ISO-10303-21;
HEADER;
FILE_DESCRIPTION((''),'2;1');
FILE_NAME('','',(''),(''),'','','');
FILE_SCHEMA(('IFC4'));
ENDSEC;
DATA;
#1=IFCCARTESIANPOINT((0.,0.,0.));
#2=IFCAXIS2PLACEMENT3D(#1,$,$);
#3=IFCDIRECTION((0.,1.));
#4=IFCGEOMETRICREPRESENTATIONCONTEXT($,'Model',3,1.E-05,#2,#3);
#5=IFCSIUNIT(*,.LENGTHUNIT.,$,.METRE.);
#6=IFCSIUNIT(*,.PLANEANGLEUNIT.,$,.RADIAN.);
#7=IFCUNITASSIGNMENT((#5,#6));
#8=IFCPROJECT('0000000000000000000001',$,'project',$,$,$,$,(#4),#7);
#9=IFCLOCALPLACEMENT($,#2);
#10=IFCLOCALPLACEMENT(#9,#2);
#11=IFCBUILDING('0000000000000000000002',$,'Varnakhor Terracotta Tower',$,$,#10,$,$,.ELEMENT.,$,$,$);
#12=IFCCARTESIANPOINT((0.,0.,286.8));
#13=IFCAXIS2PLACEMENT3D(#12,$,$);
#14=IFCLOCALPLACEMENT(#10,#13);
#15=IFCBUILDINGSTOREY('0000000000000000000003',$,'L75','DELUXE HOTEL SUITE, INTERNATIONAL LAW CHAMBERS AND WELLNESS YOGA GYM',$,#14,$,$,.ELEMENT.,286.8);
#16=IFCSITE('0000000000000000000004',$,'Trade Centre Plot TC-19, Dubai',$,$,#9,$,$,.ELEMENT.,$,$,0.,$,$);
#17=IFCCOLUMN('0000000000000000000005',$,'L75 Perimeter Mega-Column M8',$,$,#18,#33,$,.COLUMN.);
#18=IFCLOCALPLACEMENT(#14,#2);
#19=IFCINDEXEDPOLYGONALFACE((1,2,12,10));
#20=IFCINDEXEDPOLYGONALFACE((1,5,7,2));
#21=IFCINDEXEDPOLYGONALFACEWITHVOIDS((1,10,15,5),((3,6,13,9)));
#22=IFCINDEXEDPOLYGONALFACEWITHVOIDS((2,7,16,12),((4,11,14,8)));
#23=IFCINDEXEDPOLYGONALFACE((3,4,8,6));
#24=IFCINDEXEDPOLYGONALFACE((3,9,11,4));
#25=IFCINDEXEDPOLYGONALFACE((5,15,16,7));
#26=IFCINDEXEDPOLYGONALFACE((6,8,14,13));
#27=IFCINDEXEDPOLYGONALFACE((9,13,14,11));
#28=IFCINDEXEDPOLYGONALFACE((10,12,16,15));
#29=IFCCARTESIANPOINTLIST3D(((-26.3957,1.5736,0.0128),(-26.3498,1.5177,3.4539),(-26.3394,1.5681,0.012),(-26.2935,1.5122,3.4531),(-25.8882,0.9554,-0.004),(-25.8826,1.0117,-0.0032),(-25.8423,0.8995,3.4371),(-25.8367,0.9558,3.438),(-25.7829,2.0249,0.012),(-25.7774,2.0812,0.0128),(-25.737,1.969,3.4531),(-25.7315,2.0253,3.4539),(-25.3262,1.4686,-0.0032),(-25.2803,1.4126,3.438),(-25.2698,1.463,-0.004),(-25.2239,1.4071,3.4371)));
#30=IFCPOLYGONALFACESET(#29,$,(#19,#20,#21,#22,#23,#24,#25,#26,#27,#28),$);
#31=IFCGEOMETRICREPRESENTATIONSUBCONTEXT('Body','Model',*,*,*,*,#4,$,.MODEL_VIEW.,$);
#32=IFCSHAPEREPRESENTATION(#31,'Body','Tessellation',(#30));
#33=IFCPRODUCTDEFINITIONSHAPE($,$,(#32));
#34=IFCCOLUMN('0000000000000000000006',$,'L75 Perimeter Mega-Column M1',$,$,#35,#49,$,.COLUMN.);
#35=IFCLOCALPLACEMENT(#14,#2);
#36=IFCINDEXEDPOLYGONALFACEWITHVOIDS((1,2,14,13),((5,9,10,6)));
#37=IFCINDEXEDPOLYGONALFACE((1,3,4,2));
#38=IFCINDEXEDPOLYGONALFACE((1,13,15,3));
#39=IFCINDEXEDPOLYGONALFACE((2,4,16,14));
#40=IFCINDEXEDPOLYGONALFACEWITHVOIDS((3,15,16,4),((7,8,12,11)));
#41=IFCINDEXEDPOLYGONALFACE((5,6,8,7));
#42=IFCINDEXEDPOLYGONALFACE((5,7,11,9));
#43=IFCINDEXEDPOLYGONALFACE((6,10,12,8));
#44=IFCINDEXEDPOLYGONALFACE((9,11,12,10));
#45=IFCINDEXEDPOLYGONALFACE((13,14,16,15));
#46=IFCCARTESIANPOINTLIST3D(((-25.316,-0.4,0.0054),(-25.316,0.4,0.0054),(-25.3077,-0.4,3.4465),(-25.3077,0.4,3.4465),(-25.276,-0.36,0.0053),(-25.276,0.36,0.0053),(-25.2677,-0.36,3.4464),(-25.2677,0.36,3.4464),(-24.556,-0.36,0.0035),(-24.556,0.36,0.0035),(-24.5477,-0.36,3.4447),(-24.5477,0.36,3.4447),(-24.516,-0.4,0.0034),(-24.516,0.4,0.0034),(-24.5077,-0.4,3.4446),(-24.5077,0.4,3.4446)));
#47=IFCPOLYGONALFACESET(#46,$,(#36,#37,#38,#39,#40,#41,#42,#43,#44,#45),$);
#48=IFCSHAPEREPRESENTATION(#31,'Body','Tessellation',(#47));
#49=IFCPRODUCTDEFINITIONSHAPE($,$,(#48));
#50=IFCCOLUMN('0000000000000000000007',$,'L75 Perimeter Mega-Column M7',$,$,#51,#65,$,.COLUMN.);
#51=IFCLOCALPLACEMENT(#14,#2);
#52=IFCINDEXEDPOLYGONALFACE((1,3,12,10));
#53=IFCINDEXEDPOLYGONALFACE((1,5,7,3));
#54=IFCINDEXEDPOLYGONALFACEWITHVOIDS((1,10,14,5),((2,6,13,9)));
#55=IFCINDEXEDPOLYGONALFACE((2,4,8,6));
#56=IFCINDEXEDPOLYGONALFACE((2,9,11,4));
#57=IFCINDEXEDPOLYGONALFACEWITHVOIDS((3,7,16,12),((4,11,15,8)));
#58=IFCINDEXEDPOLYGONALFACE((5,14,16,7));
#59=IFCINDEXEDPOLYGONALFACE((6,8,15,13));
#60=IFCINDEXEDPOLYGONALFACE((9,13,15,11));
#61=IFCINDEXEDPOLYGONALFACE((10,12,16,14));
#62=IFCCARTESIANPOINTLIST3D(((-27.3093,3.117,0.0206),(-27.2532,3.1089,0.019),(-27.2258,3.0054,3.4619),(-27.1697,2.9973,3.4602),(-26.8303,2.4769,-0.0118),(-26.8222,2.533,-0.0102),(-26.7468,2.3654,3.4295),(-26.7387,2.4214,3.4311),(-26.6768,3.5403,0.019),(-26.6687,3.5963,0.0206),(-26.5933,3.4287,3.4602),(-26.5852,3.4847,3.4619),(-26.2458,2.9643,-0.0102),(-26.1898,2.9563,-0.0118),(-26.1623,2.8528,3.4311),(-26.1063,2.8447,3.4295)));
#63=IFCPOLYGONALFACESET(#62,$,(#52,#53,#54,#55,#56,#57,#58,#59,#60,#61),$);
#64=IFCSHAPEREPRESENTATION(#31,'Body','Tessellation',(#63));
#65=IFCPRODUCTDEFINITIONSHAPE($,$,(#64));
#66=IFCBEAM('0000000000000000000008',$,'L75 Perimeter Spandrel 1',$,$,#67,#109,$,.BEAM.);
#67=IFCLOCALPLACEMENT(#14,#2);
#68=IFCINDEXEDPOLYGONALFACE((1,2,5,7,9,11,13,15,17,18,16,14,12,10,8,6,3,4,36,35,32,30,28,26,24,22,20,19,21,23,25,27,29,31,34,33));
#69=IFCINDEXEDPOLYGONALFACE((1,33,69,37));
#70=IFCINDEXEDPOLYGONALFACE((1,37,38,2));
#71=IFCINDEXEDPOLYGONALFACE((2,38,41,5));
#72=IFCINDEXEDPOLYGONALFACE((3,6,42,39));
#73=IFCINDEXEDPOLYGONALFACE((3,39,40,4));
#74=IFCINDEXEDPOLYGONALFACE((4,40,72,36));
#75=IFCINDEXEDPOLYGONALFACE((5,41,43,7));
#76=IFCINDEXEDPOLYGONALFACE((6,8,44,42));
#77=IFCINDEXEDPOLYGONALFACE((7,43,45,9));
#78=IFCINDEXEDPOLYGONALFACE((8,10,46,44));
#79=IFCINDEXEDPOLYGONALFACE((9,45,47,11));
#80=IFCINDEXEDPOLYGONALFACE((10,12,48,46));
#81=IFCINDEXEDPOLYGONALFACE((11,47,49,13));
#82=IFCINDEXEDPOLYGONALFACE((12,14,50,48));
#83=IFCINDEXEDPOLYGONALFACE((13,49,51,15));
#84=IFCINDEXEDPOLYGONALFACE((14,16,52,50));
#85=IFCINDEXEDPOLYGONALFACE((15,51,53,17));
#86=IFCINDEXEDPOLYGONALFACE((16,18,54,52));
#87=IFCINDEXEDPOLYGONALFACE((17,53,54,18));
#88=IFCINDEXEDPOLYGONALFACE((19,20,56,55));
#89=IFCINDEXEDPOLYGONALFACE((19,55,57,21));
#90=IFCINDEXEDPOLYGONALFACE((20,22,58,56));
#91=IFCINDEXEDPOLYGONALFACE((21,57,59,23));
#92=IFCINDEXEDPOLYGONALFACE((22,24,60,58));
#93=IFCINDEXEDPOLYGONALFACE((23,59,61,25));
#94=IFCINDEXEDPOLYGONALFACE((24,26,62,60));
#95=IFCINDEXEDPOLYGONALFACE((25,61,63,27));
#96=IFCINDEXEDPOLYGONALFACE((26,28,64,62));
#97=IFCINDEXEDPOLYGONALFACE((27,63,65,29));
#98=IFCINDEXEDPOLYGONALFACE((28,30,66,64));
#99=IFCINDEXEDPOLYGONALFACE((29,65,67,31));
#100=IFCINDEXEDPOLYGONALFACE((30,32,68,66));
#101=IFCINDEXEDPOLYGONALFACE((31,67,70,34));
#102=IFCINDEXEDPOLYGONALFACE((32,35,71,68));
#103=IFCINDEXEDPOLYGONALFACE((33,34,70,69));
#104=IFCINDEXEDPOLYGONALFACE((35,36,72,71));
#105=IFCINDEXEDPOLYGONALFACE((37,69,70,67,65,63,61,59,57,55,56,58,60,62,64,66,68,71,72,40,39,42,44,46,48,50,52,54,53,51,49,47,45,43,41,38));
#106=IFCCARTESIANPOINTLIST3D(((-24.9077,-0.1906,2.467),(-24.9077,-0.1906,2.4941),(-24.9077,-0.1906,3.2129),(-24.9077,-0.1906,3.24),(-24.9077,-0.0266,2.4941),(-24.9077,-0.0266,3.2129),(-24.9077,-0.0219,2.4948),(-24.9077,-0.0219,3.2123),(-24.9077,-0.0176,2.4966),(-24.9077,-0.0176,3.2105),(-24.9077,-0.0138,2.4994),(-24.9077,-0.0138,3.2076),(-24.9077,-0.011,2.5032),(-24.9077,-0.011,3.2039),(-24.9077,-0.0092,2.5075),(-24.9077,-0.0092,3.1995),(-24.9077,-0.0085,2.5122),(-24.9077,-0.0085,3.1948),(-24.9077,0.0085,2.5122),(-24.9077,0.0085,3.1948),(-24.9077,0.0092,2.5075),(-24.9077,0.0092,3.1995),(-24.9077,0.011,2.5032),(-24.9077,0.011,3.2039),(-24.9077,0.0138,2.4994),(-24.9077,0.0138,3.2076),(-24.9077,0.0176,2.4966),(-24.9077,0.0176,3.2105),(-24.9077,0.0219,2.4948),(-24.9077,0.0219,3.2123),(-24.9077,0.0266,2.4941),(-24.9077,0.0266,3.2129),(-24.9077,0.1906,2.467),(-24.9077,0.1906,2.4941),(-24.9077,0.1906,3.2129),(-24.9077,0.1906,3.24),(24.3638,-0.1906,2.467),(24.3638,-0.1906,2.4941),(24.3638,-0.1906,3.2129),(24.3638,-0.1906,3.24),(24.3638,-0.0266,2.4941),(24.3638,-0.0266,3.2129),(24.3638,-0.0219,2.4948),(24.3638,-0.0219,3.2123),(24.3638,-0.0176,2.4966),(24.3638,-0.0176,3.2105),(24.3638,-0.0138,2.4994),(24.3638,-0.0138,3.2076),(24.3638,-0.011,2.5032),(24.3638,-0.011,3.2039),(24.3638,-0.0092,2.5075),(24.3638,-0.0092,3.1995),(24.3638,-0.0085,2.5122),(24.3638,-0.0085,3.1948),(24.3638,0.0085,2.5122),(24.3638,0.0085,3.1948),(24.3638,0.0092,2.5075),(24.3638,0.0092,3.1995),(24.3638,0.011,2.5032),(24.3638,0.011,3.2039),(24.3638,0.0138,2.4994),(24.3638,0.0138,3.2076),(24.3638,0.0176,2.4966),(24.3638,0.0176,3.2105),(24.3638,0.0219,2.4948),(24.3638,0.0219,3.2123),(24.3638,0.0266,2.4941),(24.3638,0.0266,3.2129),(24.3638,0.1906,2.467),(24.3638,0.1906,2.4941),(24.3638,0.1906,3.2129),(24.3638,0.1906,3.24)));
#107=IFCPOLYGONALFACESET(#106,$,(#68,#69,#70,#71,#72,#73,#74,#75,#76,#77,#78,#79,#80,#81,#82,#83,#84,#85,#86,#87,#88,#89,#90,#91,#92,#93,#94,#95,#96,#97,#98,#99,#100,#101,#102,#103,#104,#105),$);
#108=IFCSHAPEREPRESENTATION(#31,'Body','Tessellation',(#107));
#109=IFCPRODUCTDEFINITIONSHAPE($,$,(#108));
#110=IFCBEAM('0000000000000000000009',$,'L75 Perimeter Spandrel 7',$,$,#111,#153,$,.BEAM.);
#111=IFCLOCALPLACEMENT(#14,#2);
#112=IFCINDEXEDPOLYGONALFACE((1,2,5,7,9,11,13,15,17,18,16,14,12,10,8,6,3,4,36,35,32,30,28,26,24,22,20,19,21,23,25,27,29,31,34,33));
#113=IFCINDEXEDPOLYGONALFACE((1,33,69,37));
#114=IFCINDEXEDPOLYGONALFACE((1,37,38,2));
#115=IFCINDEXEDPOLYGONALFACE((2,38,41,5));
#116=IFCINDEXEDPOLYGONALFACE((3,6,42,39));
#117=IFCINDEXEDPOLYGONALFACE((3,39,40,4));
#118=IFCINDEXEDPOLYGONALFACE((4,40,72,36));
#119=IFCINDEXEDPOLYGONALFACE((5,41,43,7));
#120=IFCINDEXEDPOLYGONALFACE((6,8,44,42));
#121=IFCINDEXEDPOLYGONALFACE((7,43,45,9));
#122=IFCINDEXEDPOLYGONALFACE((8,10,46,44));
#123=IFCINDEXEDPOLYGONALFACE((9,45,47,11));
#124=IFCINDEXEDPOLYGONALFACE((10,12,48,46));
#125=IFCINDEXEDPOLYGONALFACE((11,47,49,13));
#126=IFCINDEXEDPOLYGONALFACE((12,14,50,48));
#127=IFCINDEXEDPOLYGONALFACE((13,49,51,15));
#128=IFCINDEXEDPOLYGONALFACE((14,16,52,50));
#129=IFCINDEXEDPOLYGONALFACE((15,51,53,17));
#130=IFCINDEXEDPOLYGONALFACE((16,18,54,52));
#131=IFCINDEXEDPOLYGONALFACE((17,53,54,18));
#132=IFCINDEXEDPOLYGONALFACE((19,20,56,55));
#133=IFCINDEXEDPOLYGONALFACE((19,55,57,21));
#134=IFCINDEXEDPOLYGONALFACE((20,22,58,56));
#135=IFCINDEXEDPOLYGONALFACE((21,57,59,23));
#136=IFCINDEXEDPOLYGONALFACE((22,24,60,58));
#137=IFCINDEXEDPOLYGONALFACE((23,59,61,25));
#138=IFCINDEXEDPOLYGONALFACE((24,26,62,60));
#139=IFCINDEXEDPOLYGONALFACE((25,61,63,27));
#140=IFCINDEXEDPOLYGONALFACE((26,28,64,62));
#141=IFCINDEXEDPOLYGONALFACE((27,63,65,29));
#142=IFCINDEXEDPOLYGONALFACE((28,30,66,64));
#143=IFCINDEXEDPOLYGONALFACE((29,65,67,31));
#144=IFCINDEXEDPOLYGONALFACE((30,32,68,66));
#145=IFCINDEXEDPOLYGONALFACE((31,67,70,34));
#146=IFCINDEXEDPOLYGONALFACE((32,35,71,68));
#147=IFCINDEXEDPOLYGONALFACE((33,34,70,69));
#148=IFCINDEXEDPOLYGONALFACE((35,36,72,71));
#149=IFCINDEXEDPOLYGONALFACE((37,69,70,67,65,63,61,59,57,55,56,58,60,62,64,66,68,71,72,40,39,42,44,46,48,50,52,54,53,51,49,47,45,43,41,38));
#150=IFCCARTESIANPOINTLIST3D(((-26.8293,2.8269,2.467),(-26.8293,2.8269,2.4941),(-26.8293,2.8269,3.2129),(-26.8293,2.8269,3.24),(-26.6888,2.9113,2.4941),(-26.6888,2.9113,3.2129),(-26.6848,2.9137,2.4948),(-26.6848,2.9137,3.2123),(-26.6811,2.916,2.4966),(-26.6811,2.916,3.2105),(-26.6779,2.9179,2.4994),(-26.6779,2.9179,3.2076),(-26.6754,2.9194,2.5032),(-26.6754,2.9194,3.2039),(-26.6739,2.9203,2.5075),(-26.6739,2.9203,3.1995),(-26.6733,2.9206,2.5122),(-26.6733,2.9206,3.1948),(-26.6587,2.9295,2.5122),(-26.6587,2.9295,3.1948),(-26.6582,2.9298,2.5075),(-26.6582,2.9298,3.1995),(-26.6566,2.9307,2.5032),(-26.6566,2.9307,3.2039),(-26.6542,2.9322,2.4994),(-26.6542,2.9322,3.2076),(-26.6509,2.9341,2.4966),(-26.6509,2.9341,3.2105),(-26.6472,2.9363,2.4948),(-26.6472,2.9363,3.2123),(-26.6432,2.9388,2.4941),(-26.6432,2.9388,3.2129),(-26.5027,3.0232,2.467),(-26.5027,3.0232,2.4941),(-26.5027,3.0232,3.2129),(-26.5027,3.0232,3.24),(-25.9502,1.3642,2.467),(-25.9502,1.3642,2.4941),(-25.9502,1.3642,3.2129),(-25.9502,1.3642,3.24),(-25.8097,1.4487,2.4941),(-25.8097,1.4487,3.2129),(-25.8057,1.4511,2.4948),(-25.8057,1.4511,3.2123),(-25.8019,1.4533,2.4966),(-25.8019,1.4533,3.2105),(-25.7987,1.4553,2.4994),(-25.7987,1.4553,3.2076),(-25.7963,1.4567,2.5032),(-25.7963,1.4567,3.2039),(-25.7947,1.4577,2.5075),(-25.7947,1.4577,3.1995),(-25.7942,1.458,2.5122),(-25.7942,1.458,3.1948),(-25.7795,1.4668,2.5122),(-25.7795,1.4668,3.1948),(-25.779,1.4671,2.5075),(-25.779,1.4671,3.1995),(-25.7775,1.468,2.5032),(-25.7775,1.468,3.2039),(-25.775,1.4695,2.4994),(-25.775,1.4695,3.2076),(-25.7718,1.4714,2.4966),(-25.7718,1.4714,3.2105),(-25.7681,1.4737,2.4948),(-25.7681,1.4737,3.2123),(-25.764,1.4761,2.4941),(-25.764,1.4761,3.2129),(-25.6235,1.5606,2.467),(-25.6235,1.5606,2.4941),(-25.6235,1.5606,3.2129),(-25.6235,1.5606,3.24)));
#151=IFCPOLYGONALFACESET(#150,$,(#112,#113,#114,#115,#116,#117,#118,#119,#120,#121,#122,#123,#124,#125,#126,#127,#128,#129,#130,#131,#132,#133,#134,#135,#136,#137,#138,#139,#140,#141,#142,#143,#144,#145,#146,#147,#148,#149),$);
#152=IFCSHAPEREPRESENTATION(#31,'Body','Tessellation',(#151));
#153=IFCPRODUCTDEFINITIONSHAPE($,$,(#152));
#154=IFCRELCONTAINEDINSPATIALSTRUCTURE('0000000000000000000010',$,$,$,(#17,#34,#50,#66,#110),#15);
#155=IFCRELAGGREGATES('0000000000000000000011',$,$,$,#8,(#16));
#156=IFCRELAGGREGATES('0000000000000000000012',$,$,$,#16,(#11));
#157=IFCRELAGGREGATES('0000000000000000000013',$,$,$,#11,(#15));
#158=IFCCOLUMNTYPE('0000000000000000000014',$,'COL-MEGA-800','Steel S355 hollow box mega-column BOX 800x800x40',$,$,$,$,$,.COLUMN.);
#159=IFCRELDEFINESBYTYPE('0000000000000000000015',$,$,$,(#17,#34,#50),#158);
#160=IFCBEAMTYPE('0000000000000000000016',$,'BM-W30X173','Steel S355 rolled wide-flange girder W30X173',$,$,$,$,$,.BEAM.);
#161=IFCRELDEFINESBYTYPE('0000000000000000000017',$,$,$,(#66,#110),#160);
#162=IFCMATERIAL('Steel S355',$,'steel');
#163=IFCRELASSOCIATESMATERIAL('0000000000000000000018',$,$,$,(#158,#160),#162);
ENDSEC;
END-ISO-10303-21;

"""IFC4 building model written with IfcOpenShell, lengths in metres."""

from ifc_helpers import new_model, si_unit, direction, frame, origin, origin_2d, place, context, subcontext, project, spatial, hollow_rectangle, i_section, extrude, source, transform, mapped, material, material_profile, profile_set, type_object, element, save


model = new_model("IFC4")

# Units and contexts
model_context = context("Model", 3, precision=1e-05, world=origin(), true_north=direction((0.0, 1.0)))
body_context = subcontext(model_context, "Body", "Model", "MODEL_VIEW")
ifc_project = project(units=[si_unit("LENGTHUNIT", "METRE"), si_unit("PLANEANGLEUNIT", "RADIAN")], contexts=[model_context])

# Site, building, storey
site_placement = place(None, origin())
site = spatial("IfcSite", under=ifc_project, at=site_placement, Name="Trade Centre Plot TC-19, Dubai", CompositionType="ELEMENT", RefElevation=0.0)
building_placement = place(site_placement, origin())
building = spatial("IfcBuilding", under=site, at=building_placement, Name="Varnakhor Terracotta Tower", CompositionType="ELEMENT")
storey_placement = place(building_placement, frame((0.0, 0.0, 286.8)))
storey = spatial("IfcBuildingStorey", under=building, at=storey_placement, Name="L75", Description="DELUXE HOTEL SUITE, INTERNATIONAL LAW CHAMBERS AND WELLNESS YOGA GYM", CompositionType="ELEMENT", Elevation=286.8)

# Columns
ifc_material_1 = material(Name="Steel S355", Category="steel")
ifc_material_profile_1 = material_profile(ifc_material_1, hollow_rectangle(XDim=0.8, YDim=0.8, WallThickness=0.04, at=origin_2d()), Name="BOX 800x800x40")
ifc_profile_set_1 = profile_set([ifc_material_profile_1], Name="Steel S355")
column_type = type_object("IfcColumnType", Name="COL-MEGA-800", Description="Steel S355 hollow box mega-column BOX 800x800x40", PredefinedType="COLUMN", material=ifc_profile_set_1)
shared_shape_1 = source(origin(), body_context, "Body", "SweptSolid", [
    extrude(hollow_rectangle(XDim=0.8, YDim=0.8, WallThickness=0.04, at=origin_2d()), origin(), (0.0, 0.0, 1.0), 3.4419),
])
column_1_placement = place(storey_placement, frame((-25.8328, 1.5183, 0.0044), z_axis=(0.013335, -0.016243, 0.999779), x_axis=(0.772904, 0.634523, 0.0)))
element("IfcColumn", 1, at=column_1_placement, inside=storey, type_object=column_type, Name="L75 Perimeter Mega-Column M8", PredefinedType="COLUMN", context=body_context, shape_type="MappedRepresentation", body=[
    mapped(shared_shape_1, transform((0.0, 0.0, 0.0), scale=1.0)),
])
shared_shape_2 = source(origin(), body_context, "Body", "SweptSolid", [
    extrude(hollow_rectangle(XDim=0.8, YDim=0.8, WallThickness=0.04, at=origin_2d()), origin(), (0.0, 0.0, 1.0), 3.4412),
])
column_2_placement = place(storey_placement, frame((-24.916, 0.0, 0.0044), z_axis=(0.002412, 0.0, 0.999997), x_axis=(0.0, 1.0, 0.0)))
element("IfcColumn", 2, at=column_2_placement, inside=storey, type_object=column_type, Name="L75 Perimeter Mega-Column M1", PredefinedType="COLUMN", context=body_context, shape_type="MappedRepresentation", body=[
    mapped(shared_shape_2, transform((0.0, 0.0, 0.0), scale=1.0)),
])
shared_shape_3 = source(origin(), body_context, "Body", "SweptSolid", [
    extrude(hollow_rectangle(XDim=0.8, YDim=0.8, WallThickness=0.04, at=origin_2d()), origin(), (0.0, 0.0, 1.0), 3.4441),
])
column_3_placement = place(storey_placement, frame((-26.7495, 3.0366, 0.0044), z_axis=(0.024244, -0.032396, 0.999181), x_axis=(0.80063, 0.599159, 0.0)))
element("IfcColumn", 3, at=column_3_placement, inside=storey, type_object=column_type, Name="L75 Perimeter Mega-Column M7", PredefinedType="COLUMN", context=body_context, shape_type="MappedRepresentation", body=[
    mapped(shared_shape_3, transform((0.0, 0.0, 0.0), scale=1.0)),
])

# Beams
ifc_material_profile_2 = material_profile(ifc_material_1, i_section(OverallWidth=0.3811, OverallDepth=0.7729, WebThickness=0.0171, FlangeThickness=0.0271, FilletRadius=0.0181, at=origin_2d()), Name="W30X173")
ifc_profile_set_2 = profile_set([ifc_material_profile_2], Name="Steel S355")
beam_type_1 = type_object("IfcBeamType", Name="BM-W30X173", Description="Steel S355 rolled wide-flange girder W30X173", PredefinedType="BEAM", material=ifc_profile_set_2)
shared_shape_4 = source(origin(), body_context, "Body", "SweptSolid", [
    extrude(i_section(OverallWidth=0.3811, OverallDepth=0.7729, WebThickness=0.0171, FlangeThickness=0.0271, FilletRadius=0.0181, at=origin_2d()), origin(), (0.0, 0.0, 1.0), 49.2715),
])
beam_1_placement = place(storey_placement, frame((-24.9077, 0.0, 2.8535), z_axis=(1.0, 0.0, 0.0), x_axis=(0.0, 1.0, 0.0)))
element("IfcBeam", 4, at=beam_1_placement, inside=storey, type_object=beam_type_1, Name="L75 Perimeter Spandrel 1", PredefinedType="BEAM", context=body_context, shape_type="MappedRepresentation", body=[
    mapped(shared_shape_4, transform((0.0, 0.0, 0.0), scale=1.0)),
])
shared_shape_5 = source(origin(), body_context, "Body", "SweptSolid", [
    extrude(i_section(OverallWidth=0.3811, OverallDepth=0.7729, WebThickness=0.0171, FlangeThickness=0.0271, FilletRadius=0.0181, at=origin_2d()), origin(), (0.0, 0.0, 1.0), 1.7065),
])
beam_2_placement = place(storey_placement, frame((-26.666, 2.925, 2.8535), z_axis=(0.515169, -0.857089, 0.0), x_axis=(0.857089, 0.515169, 0.0)))
element("IfcBeam", 5, at=beam_2_placement, inside=storey, type_object=beam_type_1, Name="L75 Perimeter Spandrel 7", PredefinedType="BEAM", context=body_context, shape_type="MappedRepresentation", body=[
    mapped(shared_shape_5, transform((0.0, 0.0, 0.0), scale=1.0)),
])

save(model, "model.ifc")
